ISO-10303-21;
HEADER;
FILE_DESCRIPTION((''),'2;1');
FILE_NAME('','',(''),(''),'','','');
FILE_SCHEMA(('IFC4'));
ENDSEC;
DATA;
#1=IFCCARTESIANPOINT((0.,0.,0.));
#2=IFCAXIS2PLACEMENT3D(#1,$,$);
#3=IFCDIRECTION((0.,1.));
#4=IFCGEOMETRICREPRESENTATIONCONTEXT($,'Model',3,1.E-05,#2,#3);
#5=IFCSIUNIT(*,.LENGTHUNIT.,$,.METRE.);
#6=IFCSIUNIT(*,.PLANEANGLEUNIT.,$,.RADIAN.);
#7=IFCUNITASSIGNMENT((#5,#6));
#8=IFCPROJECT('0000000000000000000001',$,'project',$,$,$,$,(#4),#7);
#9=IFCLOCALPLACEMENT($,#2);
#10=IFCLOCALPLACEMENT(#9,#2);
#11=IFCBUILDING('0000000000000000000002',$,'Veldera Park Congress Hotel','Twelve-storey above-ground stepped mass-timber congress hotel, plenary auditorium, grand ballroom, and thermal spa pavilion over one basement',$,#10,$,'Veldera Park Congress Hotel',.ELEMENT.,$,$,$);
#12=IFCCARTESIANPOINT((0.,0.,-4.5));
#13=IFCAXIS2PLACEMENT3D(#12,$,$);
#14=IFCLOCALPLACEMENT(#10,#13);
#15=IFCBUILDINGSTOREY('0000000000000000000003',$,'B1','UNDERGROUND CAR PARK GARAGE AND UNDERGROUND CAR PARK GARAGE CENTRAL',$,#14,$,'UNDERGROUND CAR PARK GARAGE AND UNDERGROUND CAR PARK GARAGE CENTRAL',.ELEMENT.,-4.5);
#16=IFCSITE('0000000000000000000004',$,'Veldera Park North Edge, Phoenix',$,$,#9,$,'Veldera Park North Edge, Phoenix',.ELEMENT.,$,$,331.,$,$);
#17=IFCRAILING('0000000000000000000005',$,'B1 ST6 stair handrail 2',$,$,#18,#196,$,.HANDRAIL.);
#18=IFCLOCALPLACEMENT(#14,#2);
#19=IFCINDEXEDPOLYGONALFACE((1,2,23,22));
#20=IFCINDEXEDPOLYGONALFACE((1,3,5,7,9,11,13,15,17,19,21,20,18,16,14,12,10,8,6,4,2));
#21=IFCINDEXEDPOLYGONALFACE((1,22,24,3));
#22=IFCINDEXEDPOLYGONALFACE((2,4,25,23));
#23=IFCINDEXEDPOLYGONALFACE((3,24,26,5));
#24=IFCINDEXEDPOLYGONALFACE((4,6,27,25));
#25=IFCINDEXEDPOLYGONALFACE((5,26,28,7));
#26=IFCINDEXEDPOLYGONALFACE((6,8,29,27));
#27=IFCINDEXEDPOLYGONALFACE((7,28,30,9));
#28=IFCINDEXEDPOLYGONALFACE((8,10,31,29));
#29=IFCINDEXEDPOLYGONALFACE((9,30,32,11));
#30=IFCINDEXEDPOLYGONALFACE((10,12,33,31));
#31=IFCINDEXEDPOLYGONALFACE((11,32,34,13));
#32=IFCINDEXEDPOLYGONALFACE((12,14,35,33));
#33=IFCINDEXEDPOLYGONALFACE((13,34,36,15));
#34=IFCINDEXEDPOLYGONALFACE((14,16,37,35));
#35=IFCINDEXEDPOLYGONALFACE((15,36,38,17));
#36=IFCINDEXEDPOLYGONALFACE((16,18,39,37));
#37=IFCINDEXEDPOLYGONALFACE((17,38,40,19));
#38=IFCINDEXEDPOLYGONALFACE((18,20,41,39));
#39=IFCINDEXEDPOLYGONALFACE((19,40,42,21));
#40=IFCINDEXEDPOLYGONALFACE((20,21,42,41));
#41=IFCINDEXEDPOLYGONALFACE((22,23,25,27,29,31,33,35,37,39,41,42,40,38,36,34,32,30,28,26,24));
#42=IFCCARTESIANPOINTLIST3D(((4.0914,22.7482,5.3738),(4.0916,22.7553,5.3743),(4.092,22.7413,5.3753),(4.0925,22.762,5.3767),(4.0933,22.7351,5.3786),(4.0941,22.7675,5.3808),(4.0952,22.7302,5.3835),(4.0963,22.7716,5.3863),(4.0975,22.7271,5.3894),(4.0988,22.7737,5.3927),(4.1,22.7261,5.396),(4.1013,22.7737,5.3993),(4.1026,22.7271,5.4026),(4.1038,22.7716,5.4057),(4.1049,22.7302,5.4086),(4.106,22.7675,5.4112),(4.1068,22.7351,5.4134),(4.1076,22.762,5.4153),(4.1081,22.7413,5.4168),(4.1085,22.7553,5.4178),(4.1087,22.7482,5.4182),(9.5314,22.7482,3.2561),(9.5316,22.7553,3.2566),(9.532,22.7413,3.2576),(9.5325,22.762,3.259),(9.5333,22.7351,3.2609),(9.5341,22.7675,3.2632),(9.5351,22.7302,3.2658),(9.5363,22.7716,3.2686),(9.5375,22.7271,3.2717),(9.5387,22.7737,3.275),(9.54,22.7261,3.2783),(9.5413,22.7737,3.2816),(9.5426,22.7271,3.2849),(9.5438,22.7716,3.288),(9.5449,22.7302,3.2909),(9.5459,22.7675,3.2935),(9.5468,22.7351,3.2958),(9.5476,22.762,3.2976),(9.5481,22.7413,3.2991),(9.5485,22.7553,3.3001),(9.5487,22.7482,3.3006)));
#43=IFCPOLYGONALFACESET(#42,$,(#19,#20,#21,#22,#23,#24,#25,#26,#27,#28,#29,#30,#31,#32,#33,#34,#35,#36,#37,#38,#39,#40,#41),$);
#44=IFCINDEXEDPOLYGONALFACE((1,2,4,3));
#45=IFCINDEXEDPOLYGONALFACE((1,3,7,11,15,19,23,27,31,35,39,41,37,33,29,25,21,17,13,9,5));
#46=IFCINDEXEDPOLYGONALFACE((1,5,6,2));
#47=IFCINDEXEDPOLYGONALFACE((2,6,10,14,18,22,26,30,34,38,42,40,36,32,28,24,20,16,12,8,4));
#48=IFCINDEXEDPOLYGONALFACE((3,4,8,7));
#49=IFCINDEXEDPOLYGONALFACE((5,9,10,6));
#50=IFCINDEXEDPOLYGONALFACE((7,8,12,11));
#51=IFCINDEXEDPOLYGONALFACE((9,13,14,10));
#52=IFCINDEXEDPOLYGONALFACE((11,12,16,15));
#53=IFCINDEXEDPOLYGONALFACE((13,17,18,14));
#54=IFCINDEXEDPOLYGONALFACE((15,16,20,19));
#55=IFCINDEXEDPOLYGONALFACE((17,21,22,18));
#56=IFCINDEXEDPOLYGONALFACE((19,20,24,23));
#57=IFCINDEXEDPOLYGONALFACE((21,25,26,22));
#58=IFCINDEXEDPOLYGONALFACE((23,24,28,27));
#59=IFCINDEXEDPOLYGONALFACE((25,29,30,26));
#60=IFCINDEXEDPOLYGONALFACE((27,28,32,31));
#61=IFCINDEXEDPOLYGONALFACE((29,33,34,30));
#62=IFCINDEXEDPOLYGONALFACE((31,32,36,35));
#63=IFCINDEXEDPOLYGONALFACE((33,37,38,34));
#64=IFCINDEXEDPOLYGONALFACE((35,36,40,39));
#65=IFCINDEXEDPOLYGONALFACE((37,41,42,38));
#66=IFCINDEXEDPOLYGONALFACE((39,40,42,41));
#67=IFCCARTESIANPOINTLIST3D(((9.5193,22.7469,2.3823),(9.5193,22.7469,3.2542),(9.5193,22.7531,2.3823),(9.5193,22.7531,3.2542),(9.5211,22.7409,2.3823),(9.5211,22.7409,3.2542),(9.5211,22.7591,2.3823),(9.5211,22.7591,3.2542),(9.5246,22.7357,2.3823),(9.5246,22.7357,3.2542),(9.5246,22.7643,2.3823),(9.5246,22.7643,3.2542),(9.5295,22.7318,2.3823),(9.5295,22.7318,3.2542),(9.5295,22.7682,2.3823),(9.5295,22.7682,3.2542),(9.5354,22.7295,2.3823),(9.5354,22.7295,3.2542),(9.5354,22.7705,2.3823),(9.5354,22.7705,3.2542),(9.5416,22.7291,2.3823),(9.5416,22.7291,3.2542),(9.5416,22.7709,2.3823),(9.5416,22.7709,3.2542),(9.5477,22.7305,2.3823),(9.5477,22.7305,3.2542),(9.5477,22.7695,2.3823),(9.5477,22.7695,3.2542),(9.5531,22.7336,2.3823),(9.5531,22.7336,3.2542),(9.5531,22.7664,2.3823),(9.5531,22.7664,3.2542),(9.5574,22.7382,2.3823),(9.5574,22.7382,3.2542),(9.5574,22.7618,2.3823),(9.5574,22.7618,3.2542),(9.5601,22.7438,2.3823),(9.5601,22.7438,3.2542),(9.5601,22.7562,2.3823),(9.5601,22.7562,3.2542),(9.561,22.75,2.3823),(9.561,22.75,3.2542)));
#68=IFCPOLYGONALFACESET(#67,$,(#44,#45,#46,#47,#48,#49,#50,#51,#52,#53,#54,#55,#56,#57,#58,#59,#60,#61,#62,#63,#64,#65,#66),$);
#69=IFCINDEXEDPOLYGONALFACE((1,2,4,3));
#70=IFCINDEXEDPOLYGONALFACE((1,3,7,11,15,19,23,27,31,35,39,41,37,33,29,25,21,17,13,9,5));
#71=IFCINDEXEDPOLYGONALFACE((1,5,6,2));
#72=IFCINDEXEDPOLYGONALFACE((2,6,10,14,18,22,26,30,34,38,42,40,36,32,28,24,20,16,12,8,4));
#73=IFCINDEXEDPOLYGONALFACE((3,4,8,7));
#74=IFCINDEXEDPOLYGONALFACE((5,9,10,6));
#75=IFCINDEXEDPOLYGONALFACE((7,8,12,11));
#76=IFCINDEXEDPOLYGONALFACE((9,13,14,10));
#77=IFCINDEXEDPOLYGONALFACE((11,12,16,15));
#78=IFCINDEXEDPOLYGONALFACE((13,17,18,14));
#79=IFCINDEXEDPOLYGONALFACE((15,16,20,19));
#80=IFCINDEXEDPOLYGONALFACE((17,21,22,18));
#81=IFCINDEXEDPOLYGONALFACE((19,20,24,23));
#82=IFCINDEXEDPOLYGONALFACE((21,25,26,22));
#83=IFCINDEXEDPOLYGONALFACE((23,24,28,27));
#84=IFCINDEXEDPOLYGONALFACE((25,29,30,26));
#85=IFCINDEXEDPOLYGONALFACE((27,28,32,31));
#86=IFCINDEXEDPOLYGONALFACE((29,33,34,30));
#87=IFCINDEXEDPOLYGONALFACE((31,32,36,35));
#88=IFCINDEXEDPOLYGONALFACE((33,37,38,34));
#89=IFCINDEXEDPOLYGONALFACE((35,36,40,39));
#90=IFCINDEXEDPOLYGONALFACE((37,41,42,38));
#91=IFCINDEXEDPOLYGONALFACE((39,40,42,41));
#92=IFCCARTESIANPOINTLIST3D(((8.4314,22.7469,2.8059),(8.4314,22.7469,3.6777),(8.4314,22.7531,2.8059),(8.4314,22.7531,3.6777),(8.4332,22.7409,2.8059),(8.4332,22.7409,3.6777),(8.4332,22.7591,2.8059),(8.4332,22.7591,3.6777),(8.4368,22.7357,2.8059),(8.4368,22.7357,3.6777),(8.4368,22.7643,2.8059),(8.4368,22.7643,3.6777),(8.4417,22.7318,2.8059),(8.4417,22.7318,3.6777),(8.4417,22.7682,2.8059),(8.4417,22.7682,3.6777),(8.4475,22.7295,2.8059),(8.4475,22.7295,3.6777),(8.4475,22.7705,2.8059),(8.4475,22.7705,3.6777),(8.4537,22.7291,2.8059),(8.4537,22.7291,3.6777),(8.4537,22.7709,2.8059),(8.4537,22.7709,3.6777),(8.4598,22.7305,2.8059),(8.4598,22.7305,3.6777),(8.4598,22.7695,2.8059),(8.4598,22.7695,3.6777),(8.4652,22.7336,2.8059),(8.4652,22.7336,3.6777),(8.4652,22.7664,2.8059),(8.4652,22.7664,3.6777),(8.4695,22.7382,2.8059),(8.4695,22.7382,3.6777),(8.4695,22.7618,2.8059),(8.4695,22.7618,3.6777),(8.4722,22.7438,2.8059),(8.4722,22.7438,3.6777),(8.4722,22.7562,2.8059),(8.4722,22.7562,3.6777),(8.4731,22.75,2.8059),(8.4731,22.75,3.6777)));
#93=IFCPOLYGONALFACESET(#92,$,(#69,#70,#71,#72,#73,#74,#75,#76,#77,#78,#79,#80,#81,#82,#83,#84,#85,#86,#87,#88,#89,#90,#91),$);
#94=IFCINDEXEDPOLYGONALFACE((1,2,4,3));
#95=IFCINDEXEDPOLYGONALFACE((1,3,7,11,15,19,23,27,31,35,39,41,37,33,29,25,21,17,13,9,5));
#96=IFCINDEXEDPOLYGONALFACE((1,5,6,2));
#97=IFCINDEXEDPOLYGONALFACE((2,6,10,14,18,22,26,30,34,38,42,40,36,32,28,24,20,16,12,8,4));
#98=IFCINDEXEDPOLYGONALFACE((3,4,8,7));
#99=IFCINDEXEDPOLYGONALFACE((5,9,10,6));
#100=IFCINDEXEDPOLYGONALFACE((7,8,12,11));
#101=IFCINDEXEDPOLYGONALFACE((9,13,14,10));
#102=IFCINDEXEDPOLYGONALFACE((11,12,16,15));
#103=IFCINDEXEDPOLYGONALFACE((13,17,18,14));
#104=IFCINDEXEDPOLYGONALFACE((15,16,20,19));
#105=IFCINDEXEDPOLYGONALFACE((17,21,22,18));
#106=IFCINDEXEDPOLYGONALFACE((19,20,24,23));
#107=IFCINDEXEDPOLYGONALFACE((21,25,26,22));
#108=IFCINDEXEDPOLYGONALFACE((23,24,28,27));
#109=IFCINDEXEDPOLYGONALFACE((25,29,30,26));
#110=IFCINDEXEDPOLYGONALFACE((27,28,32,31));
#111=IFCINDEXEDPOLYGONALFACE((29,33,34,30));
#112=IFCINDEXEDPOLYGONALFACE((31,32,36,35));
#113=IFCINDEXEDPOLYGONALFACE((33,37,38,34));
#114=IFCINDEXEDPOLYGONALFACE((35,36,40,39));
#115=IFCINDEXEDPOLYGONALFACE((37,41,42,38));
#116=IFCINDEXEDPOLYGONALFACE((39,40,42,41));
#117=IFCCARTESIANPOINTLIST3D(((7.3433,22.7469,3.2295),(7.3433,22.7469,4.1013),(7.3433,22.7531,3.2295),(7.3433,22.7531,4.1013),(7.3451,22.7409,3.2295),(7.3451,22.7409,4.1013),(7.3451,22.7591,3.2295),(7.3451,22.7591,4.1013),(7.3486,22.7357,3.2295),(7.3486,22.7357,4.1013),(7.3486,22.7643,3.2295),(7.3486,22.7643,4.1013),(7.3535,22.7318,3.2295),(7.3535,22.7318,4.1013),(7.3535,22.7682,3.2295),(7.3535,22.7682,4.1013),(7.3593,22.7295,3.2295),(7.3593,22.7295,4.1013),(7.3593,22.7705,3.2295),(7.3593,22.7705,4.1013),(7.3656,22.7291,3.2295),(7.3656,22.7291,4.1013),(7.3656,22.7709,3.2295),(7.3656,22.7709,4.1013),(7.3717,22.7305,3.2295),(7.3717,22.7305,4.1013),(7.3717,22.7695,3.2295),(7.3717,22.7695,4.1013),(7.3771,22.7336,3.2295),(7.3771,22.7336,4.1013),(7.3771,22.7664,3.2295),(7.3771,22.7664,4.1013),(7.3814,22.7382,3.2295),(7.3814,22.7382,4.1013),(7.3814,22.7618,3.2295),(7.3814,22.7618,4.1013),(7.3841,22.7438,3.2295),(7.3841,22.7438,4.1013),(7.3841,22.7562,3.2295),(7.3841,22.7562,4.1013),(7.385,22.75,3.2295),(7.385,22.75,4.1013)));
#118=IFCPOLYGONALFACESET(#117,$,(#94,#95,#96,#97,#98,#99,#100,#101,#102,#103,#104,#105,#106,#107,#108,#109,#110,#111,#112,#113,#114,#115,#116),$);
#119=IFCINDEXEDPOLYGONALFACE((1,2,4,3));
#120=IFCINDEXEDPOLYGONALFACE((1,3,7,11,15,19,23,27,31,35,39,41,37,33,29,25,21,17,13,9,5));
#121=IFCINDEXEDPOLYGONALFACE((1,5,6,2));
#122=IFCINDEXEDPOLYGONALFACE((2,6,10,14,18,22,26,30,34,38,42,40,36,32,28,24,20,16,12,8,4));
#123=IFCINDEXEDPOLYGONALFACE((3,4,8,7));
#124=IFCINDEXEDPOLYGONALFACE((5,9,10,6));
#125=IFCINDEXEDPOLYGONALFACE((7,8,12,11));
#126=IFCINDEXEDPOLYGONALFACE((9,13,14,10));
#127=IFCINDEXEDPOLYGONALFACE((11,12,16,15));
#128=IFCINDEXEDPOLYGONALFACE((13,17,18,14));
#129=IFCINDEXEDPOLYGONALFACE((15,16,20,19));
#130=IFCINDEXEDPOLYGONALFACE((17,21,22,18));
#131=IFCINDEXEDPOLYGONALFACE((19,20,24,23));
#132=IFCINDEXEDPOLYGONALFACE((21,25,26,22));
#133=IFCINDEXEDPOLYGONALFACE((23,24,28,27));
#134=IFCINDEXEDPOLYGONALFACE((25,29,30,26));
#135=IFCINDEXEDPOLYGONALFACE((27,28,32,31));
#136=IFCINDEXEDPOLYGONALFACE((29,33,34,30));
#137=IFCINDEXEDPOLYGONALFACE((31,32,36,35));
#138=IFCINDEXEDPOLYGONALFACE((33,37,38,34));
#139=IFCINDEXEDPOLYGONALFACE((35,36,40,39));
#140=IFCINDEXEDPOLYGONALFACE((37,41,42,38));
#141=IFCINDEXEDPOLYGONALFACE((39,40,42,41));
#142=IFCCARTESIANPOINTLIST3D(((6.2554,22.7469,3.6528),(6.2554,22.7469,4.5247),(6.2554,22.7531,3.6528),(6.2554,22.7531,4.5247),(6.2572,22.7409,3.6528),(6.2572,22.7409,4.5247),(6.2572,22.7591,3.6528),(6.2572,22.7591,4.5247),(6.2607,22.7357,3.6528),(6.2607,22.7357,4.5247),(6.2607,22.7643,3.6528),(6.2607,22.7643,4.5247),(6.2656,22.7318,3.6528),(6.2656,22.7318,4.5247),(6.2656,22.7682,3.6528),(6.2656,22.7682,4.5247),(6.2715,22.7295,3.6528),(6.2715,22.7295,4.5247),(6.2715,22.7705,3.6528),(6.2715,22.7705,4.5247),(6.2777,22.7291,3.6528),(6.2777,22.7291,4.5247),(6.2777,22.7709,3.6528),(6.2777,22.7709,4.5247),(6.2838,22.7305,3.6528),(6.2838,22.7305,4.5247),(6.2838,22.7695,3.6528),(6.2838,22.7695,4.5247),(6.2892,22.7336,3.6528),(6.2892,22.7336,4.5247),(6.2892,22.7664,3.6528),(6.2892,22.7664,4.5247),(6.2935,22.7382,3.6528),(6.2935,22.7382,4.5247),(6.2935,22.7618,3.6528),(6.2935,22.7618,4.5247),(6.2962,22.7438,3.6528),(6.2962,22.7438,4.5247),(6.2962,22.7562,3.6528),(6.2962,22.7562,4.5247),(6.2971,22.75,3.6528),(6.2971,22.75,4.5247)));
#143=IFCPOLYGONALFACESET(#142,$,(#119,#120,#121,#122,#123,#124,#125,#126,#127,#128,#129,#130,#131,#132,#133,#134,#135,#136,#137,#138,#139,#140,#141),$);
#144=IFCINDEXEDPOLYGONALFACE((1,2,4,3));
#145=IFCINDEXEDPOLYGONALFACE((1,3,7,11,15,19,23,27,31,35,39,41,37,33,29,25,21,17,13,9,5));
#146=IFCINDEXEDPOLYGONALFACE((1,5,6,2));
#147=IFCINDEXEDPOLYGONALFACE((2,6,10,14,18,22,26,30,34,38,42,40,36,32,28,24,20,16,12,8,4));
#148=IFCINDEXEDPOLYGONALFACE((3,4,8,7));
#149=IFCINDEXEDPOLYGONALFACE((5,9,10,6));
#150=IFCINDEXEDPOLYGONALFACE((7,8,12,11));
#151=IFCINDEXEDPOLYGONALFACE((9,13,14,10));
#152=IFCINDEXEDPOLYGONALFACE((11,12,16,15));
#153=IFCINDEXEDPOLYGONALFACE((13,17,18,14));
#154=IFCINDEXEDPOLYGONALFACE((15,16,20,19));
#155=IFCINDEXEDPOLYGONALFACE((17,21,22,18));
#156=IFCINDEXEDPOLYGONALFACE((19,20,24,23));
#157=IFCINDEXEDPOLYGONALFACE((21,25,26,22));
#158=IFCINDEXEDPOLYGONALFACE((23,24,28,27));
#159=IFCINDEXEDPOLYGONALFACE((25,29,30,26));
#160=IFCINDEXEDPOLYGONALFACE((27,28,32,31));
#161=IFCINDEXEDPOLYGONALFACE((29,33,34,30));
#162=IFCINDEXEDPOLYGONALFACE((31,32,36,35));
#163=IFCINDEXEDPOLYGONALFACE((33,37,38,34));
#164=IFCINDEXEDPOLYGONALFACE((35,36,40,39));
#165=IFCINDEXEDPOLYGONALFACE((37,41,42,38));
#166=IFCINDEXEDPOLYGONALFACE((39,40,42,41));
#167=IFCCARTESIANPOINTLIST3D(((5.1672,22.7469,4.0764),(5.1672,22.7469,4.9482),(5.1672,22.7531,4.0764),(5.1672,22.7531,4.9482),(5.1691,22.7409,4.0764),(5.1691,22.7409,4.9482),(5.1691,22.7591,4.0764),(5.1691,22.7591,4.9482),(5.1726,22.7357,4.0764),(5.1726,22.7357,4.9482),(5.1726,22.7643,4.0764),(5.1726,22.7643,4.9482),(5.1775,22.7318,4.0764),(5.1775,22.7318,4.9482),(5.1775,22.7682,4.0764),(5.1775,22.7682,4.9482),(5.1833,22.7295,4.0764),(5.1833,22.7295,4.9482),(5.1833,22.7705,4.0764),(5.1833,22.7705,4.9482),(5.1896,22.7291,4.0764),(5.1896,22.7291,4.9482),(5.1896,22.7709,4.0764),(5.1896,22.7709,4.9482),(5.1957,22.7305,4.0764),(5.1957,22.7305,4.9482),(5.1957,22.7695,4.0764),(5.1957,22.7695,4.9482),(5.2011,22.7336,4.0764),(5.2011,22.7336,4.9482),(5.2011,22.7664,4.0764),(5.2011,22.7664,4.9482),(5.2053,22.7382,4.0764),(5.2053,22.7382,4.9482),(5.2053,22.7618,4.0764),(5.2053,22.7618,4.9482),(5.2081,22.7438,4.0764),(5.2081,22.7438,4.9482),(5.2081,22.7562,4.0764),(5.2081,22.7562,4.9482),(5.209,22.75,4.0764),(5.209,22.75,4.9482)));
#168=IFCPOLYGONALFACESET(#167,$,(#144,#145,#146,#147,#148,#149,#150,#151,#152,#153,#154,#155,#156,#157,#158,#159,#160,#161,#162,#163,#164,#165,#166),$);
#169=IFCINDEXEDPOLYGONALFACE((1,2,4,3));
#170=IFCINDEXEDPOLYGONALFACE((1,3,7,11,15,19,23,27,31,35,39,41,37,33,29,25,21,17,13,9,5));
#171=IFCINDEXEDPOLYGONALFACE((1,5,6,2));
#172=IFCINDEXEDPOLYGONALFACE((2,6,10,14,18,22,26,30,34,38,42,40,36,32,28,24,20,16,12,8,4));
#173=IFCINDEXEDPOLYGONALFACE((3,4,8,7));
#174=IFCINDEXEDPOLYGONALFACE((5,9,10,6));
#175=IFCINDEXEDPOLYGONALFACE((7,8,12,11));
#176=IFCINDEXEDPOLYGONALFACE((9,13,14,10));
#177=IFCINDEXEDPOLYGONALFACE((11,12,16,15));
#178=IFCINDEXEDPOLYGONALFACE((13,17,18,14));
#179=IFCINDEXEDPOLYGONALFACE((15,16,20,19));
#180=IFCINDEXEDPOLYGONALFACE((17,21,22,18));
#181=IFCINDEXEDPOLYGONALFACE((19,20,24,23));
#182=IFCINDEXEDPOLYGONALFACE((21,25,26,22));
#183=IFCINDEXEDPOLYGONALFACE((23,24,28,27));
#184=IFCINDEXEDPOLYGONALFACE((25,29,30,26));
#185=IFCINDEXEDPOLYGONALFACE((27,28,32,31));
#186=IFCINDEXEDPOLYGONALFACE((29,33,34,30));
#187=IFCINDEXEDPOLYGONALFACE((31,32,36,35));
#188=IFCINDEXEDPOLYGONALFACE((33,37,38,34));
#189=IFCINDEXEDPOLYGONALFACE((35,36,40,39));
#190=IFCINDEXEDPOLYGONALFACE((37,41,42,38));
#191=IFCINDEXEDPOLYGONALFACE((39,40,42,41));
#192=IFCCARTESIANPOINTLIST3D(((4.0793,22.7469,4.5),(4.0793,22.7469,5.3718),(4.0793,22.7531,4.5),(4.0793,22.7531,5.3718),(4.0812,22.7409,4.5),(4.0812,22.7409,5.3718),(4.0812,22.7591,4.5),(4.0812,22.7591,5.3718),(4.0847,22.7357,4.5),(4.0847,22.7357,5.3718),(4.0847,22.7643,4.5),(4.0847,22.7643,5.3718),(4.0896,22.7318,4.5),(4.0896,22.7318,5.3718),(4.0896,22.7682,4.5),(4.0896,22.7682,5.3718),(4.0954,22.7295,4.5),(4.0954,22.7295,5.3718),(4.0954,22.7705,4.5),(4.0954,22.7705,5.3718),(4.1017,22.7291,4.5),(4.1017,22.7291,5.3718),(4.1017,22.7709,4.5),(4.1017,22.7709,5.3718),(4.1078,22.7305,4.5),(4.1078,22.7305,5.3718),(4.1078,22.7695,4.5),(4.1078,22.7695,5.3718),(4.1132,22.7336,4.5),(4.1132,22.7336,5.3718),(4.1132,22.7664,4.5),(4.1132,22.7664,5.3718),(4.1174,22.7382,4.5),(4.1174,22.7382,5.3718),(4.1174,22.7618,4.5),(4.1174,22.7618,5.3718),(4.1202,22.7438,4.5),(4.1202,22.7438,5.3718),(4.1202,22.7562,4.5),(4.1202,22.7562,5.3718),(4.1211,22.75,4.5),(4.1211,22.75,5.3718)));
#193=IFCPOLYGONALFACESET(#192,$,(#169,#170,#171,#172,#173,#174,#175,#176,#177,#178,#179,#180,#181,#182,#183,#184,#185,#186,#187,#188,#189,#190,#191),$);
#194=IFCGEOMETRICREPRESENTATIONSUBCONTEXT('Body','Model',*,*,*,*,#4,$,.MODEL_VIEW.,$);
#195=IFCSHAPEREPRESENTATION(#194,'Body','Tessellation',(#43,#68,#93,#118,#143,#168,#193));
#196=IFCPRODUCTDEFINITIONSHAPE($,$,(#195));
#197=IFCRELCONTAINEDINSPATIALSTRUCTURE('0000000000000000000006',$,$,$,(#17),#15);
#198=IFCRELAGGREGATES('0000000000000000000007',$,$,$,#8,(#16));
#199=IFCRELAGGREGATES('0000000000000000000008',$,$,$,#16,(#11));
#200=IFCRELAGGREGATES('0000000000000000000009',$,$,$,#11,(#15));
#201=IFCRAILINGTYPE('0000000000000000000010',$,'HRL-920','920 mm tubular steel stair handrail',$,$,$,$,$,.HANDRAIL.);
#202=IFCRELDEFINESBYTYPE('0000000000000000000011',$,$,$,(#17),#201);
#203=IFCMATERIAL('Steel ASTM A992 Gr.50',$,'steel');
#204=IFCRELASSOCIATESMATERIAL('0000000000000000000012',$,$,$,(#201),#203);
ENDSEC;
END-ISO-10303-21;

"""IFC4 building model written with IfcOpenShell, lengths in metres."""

from ifc_helpers import new_model, si_unit, direction, frame, origin, origin_2d, place, context, subcontext, project, spatial, circle, extrude, material, type_object, element, save


model = new_model("IFC4")

# Units and contexts
model_context = context("Model", 3, precision=1e-05, world=origin(), true_north=direction((0.0, 1.0)))
body_context = subcontext(model_context, "Body", "Model", "MODEL_VIEW")
ifc_project = project(units=[si_unit("LENGTHUNIT", "METRE"), si_unit("PLANEANGLEUNIT", "RADIAN")], contexts=[model_context])

# Site, building, storey
site_placement = place(None, origin())
site = spatial("IfcSite", under=ifc_project, at=site_placement, Name="Veldera Park North Edge, Phoenix", LongName="Veldera Park North Edge, Phoenix", CompositionType="ELEMENT", RefElevation=331.0)
building_placement = place(site_placement, origin())
building = spatial("IfcBuilding", under=site, at=building_placement, Name="Veldera Park Congress Hotel", Description="Twelve-storey above-ground stepped mass-timber congress hotel, plenary auditorium, grand ballroom, and thermal spa pavilion over one basement", LongName="Veldera Park Congress Hotel", CompositionType="ELEMENT")
storey_placement = place(building_placement, frame((0.0, 0.0, -4.5)))
storey = spatial("IfcBuildingStorey", under=building, at=storey_placement, Name="B1", Description="UNDERGROUND CAR PARK GARAGE AND UNDERGROUND CAR PARK GARAGE CENTRAL", LongName="UNDERGROUND CAR PARK GARAGE AND UNDERGROUND CAR PARK GARAGE CENTRAL", CompositionType="ELEMENT", Elevation=-4.5)

# Railing
ifc_material_1 = material(Name="Steel ASTM A992 Gr.50", Category="steel")
railing_type_1 = type_object("IfcRailingType", Name="HRL-920", Description="920 mm tubular steel stair handrail", PredefinedType="HANDRAIL", material=ifc_material_1)
railing_1_placement = place(storey_placement, frame((9.54, 22.75, 2.3823)))
element("IfcRailing", 1, at=railing_1_placement, inside=storey, type_object=railing_type_1, Name="B1 ST6 stair handrail 2", PredefinedType="HANDRAIL", context=body_context, shape_type="SweptSolid", body=[
    extrude(circle(Radius=0.0239, at=origin_2d()), frame((0.0, 0.0, 0.896), z_axis=(-0.931881, 0.0, 0.362765), x_axis=(0.0, -1.0, 0.0)), (0.0, 0.0, 1.0), 5.8376),
    extrude(circle(Radius=0.021, at=origin_2d()), origin(), (0.0, 0.0, 1.0), 0.8718),
    extrude(circle(Radius=0.021, at=origin_2d()), frame((-1.0879, 0.0, 0.4236)), (0.0, 0.0, 1.0), 0.8718),
    extrude(circle(Radius=0.021, at=origin_2d()), frame((-2.176, 0.0, 0.8472)), (0.0, 0.0, 1.0), 0.8718),
    extrude(circle(Radius=0.021, at=origin_2d()), frame((-3.2639, 0.0, 1.2705)), (0.0, 0.0, 1.0), 0.8718),
    extrude(circle(Radius=0.021, at=origin_2d()), frame((-4.3521, 0.0, 1.6941)), (0.0, 0.0, 1.0), 0.8718),
    extrude(circle(Radius=0.021, at=origin_2d()), frame((-5.4399, 0.0, 2.1177)), (0.0, 0.0, 1.0), 0.8718),
])

save(model, "model.ifc")
